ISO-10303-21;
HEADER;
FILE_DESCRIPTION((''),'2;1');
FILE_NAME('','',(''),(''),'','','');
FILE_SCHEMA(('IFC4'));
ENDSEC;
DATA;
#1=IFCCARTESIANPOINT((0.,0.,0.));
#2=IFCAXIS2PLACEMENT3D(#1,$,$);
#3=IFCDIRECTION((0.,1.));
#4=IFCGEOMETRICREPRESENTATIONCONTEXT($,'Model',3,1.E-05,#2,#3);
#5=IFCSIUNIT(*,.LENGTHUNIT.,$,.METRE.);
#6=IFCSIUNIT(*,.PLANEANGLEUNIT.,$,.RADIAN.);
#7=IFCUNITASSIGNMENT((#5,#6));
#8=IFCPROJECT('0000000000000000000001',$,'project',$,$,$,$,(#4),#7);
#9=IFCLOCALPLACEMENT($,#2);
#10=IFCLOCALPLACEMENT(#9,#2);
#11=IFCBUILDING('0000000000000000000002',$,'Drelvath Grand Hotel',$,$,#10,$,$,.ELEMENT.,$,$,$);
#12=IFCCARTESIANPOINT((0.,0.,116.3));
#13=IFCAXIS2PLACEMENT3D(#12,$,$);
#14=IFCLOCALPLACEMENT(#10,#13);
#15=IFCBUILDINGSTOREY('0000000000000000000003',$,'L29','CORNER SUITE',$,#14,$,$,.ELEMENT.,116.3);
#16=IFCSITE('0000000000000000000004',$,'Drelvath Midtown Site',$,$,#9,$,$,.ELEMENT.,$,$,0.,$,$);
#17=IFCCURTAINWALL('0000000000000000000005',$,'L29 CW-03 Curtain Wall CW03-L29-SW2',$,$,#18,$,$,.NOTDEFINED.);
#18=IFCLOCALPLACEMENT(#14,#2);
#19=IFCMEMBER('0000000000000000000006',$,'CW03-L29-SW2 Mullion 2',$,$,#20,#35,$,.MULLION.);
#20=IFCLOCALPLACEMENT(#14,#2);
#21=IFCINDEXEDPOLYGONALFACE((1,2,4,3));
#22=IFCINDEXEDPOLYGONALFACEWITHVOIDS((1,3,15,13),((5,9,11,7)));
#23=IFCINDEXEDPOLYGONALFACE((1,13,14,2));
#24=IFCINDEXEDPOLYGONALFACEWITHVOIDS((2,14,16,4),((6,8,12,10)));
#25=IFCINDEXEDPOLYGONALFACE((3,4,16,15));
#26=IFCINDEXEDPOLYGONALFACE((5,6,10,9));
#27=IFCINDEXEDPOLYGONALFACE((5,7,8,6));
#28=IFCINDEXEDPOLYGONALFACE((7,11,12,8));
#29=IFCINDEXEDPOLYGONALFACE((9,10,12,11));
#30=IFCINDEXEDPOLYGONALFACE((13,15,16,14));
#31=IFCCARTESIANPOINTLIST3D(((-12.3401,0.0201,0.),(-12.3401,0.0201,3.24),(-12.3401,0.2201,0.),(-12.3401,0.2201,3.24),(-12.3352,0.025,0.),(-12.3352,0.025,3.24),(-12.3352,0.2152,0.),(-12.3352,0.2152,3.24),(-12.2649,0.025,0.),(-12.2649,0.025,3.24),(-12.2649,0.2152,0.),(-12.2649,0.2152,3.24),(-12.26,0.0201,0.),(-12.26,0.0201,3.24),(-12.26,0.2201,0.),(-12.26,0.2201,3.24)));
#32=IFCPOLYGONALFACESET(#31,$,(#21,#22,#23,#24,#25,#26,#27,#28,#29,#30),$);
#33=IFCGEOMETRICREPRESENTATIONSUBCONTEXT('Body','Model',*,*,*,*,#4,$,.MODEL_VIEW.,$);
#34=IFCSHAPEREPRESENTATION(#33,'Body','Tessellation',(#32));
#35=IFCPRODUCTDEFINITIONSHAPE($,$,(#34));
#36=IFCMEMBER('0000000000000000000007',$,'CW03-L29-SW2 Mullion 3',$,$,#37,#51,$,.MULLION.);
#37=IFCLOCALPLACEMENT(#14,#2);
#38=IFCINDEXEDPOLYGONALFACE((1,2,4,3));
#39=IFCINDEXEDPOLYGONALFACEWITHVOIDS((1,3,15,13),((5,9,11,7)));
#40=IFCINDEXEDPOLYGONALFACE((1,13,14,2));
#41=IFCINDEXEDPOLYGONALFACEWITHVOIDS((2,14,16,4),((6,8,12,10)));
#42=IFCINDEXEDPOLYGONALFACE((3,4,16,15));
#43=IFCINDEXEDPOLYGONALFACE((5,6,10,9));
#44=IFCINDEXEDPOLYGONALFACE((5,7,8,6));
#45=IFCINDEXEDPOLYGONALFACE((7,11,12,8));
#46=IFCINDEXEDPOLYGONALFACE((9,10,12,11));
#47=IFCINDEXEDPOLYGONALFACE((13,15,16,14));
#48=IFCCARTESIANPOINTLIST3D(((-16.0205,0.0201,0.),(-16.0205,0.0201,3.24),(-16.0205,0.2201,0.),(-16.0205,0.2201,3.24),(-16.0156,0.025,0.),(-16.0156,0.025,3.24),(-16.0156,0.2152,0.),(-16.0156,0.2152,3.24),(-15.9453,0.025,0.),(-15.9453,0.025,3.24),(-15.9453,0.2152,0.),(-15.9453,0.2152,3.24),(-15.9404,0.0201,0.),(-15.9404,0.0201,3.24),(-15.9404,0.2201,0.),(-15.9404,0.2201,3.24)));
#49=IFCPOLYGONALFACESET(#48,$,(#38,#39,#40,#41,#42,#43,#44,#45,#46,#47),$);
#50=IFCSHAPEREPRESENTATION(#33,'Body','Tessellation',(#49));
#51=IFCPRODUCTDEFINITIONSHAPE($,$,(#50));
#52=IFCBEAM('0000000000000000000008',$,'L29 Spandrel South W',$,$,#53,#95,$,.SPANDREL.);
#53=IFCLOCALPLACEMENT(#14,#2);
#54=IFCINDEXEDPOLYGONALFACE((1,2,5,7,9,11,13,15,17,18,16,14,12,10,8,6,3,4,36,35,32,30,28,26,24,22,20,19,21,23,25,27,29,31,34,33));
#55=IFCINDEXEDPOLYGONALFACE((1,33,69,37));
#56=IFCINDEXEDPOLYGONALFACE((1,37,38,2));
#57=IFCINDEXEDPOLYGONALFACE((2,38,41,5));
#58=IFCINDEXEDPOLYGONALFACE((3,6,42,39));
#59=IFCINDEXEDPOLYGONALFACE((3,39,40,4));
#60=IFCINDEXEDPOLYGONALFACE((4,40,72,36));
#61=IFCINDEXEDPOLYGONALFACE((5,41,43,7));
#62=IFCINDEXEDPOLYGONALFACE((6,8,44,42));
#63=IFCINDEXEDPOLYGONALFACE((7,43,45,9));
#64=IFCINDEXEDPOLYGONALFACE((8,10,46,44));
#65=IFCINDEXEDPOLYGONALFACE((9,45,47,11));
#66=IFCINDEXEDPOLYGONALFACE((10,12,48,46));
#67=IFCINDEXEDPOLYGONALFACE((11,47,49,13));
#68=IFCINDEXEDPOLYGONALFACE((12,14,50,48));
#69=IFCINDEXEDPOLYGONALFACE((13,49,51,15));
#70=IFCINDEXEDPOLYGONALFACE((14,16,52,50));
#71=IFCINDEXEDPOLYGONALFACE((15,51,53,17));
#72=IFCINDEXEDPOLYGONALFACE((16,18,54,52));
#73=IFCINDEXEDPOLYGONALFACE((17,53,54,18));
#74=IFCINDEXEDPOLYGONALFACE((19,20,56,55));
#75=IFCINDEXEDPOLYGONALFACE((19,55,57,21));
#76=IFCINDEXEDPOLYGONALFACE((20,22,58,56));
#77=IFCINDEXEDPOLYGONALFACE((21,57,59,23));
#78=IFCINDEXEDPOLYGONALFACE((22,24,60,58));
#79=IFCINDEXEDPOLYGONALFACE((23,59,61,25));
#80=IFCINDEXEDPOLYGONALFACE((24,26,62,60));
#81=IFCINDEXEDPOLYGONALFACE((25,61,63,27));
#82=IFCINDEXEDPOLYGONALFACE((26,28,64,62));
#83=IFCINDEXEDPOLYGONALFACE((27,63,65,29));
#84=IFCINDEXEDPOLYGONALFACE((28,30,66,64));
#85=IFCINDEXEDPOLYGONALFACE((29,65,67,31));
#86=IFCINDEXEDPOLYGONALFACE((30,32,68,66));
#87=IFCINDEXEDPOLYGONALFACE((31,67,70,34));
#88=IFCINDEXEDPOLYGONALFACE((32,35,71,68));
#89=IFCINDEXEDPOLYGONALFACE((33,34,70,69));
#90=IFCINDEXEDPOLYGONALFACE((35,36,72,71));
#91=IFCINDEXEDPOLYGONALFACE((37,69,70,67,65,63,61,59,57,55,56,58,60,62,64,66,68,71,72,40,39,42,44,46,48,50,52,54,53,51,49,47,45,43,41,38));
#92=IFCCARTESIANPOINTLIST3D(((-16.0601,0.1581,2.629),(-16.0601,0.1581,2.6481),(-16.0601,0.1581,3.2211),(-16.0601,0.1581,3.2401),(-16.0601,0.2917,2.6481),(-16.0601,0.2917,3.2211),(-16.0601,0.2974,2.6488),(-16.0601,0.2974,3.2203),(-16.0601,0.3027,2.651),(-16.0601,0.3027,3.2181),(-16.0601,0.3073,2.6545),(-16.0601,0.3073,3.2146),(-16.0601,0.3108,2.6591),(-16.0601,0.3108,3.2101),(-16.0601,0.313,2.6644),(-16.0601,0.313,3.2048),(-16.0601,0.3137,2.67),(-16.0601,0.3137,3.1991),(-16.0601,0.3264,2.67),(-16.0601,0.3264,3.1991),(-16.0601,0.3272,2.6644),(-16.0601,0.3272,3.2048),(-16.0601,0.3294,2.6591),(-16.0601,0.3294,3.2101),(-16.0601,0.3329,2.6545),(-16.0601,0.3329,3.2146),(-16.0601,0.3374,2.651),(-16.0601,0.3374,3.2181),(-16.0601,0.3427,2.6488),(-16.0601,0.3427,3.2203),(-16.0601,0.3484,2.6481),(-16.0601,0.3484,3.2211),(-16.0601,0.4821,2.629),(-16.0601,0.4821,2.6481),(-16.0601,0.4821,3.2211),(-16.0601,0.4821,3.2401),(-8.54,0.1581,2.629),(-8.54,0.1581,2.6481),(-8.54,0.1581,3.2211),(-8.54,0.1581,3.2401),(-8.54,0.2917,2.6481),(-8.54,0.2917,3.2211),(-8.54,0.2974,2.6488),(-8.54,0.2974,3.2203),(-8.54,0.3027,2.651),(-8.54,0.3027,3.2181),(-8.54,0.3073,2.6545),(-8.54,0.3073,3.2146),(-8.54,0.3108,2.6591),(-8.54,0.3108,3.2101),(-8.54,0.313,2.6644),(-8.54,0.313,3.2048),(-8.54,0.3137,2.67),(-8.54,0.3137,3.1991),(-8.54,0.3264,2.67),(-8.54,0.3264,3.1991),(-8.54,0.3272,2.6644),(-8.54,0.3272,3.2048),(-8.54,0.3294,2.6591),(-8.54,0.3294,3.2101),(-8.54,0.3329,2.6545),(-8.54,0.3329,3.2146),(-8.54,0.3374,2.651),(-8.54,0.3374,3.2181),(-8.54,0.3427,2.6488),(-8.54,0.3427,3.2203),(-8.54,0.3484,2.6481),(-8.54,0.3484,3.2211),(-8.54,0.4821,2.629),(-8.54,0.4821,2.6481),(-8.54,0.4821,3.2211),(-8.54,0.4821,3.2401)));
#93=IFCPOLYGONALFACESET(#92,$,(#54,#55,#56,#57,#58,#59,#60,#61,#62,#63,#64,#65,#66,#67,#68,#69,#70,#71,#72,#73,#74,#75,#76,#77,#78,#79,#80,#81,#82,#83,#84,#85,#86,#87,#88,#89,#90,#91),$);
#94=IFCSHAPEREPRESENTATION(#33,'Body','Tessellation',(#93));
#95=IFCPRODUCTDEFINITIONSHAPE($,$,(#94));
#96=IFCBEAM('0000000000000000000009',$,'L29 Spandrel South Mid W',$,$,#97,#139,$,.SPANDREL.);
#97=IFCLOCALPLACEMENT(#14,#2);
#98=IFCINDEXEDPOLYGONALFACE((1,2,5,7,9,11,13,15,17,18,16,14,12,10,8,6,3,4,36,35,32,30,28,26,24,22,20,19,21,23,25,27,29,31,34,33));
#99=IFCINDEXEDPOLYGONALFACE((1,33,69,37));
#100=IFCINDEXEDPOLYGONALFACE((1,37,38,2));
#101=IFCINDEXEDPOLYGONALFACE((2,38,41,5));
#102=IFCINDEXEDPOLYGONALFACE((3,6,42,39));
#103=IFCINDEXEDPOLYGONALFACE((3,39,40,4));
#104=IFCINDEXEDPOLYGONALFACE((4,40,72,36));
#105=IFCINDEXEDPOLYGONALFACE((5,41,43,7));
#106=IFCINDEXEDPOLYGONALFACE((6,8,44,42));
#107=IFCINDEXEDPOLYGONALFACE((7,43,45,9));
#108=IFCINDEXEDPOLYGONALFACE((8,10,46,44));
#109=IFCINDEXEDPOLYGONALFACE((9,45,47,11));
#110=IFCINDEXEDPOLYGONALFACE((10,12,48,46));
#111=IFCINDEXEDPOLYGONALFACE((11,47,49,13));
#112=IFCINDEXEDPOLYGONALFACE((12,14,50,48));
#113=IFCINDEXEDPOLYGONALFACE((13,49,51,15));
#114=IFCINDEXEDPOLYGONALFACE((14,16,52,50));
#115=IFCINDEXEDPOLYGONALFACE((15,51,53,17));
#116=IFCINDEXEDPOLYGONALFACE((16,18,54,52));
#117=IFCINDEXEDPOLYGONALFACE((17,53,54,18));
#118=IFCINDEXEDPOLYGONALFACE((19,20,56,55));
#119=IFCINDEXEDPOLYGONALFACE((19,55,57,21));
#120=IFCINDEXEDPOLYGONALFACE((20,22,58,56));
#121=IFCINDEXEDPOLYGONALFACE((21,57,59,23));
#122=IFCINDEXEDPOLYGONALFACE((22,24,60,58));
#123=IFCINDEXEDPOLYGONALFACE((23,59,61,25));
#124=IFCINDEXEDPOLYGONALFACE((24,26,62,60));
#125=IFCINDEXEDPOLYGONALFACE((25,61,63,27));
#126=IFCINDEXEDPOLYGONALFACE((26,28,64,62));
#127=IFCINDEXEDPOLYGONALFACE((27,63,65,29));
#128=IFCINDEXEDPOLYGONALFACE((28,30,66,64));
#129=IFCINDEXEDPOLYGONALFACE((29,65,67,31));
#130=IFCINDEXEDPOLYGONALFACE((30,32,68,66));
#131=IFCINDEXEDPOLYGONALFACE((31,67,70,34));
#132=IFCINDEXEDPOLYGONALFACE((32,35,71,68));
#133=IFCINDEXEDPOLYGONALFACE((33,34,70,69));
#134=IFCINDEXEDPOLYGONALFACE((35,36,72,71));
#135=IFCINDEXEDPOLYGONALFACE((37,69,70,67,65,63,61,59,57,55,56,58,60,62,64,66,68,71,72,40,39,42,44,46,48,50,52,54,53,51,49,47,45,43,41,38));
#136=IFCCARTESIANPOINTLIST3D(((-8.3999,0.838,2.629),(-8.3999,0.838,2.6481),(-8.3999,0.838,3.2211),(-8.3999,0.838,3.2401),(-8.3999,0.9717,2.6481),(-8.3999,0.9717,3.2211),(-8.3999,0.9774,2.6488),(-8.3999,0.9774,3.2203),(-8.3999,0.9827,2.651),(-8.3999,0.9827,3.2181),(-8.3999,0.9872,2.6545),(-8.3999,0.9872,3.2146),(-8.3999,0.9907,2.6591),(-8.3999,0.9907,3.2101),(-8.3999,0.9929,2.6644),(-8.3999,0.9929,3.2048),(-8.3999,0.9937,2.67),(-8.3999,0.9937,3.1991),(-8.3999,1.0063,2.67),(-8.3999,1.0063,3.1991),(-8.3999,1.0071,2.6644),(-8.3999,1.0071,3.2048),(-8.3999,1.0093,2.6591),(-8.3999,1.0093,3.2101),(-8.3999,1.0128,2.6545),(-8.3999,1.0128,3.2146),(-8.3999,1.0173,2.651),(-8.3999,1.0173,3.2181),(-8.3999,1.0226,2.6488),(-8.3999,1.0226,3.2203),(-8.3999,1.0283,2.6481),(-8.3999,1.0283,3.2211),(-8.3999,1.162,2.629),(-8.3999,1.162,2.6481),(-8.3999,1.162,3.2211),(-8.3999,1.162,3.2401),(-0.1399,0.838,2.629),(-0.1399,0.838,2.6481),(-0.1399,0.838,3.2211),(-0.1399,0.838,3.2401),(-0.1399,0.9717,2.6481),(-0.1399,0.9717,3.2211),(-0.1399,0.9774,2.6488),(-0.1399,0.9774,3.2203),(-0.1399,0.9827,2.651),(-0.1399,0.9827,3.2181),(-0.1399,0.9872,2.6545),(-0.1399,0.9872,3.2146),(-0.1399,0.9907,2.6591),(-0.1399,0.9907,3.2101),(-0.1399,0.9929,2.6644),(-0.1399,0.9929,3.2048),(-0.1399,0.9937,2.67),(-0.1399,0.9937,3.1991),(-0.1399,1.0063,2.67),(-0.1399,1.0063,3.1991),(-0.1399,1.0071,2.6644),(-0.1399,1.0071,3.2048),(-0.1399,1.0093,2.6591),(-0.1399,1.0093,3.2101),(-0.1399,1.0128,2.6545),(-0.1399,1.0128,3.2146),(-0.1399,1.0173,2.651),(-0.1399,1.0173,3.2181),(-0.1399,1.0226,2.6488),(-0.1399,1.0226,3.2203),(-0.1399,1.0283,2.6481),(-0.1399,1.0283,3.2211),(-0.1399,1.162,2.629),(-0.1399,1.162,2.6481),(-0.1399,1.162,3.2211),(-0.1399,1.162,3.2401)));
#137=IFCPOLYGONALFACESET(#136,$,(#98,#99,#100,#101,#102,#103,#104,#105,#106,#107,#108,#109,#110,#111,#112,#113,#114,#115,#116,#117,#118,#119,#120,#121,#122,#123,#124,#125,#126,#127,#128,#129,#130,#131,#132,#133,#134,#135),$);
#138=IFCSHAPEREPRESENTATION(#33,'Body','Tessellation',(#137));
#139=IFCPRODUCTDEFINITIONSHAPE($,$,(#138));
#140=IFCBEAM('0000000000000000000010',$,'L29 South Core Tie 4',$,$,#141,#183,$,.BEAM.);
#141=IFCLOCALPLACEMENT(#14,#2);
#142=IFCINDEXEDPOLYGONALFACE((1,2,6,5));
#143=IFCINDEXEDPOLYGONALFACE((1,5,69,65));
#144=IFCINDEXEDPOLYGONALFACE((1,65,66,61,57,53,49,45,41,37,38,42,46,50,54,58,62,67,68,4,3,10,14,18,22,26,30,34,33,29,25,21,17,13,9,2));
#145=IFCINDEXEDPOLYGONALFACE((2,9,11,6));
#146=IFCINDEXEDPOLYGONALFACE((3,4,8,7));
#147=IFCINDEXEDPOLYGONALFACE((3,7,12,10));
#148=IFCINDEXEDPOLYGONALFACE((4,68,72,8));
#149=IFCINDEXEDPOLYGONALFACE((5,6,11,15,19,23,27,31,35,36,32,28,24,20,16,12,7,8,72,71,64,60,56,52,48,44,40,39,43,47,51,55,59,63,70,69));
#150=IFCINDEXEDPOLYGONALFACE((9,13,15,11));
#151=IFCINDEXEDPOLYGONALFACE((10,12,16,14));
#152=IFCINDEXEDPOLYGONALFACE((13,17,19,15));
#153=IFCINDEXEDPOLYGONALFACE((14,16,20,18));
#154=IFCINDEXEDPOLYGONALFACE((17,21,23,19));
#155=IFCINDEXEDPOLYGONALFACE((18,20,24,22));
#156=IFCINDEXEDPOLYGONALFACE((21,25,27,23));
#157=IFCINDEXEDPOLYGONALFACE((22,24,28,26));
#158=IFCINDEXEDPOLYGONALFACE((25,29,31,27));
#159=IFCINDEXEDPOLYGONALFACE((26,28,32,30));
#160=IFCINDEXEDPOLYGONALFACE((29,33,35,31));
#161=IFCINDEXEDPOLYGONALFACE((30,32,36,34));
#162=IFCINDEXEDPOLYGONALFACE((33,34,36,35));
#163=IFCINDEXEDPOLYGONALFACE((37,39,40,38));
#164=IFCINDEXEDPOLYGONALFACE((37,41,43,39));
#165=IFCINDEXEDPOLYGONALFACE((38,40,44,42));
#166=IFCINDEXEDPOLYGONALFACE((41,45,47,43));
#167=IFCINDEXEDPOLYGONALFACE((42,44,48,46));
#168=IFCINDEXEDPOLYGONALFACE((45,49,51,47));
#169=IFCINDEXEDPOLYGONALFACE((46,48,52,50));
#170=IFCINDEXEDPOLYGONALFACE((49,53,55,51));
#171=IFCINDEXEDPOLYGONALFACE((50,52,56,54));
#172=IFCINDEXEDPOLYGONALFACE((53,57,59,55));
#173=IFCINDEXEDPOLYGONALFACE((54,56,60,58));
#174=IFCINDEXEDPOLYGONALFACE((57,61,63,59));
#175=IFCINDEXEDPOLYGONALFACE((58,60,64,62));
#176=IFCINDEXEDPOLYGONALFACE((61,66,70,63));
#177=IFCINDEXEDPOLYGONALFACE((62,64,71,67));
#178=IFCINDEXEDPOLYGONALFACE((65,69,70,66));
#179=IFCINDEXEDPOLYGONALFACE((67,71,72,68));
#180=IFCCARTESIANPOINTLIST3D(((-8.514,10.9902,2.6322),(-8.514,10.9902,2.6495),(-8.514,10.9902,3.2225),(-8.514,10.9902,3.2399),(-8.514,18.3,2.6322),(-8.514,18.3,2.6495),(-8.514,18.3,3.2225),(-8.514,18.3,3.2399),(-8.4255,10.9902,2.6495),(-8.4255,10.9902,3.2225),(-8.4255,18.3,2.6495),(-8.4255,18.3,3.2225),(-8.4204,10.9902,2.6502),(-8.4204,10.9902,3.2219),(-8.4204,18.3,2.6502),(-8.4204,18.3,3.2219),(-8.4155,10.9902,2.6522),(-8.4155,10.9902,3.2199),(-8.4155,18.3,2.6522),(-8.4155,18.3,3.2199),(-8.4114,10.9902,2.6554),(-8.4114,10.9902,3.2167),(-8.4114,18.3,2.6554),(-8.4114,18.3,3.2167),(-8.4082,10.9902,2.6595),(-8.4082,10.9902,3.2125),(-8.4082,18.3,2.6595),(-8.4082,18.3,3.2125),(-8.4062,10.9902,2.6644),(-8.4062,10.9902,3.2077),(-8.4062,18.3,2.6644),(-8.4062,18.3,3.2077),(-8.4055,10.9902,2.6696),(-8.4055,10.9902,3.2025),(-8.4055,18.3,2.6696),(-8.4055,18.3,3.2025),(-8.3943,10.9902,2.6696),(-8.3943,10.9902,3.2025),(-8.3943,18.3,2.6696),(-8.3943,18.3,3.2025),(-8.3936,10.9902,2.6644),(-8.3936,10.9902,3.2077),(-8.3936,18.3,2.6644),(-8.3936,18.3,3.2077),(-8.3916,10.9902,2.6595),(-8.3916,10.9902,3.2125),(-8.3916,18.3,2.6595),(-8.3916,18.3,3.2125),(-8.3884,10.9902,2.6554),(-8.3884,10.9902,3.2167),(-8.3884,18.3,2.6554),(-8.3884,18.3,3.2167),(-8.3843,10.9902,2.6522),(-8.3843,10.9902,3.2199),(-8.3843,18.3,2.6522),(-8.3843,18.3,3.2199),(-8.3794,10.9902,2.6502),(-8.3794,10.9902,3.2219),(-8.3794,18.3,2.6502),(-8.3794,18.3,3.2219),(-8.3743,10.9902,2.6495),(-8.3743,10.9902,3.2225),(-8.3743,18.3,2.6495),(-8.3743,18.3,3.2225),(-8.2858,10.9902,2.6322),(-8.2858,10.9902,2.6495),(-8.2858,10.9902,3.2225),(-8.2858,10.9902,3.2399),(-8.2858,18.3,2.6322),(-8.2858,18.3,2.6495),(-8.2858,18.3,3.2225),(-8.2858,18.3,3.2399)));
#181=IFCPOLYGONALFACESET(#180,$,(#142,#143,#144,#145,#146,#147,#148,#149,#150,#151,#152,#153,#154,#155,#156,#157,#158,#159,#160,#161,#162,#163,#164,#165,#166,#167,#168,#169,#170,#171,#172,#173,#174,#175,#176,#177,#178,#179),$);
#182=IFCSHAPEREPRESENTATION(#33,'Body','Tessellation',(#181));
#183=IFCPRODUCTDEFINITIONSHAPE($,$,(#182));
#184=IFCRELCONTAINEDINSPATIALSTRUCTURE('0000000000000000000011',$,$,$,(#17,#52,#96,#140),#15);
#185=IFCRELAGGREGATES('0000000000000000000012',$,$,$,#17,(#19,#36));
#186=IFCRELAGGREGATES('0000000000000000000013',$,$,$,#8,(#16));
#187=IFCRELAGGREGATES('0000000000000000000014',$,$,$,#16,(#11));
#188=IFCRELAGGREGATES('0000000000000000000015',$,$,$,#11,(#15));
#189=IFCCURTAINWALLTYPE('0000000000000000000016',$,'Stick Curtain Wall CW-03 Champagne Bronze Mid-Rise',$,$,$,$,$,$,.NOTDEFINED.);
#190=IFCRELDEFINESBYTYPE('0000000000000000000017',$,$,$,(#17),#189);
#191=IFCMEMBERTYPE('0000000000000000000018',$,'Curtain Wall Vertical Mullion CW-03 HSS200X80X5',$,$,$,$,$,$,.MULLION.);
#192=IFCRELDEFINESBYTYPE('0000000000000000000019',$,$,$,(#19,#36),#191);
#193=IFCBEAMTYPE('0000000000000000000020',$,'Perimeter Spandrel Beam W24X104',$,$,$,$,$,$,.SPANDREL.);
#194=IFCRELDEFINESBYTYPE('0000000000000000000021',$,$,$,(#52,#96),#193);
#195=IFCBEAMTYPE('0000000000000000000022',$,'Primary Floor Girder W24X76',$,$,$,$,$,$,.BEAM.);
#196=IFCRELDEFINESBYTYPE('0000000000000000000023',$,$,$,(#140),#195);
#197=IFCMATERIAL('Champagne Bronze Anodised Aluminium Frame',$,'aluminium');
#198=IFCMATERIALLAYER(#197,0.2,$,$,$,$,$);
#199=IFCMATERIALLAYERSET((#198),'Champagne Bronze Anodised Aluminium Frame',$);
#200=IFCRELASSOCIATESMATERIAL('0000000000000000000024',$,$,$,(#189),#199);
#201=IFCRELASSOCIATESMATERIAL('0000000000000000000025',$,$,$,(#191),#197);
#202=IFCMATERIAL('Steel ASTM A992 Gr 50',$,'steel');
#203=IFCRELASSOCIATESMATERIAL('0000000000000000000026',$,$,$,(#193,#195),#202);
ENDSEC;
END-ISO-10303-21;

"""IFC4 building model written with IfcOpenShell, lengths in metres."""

from ifc_helpers import new_model, si_unit, direction, frame, origin, origin_2d, place, context, subcontext, project, spatial, hollow_rectangle, i_section, extrude, material, layer, layer_set, material_profile, profile_set, type_object, element, aggregate, save


model = new_model("IFC4")

# Units and contexts
model_context = context("Model", 3, precision=1e-05, world=origin(), true_north=direction((0.0, 1.0)))
body_context = subcontext(model_context, "Body", "Model", "MODEL_VIEW")
ifc_project = project(units=[si_unit("LENGTHUNIT", "METRE"), si_unit("PLANEANGLEUNIT", "RADIAN")], contexts=[model_context])

# Site, building, storey
site_placement = place(None, origin())
site = spatial("IfcSite", under=ifc_project, at=site_placement, Name="Drelvath Midtown Site", CompositionType="ELEMENT", RefElevation=0.0)
building_placement = place(site_placement, origin())
building = spatial("IfcBuilding", under=site, at=building_placement, Name="Drelvath Grand Hotel", CompositionType="ELEMENT")
storey_placement = place(building_placement, frame((0.0, 0.0, 116.3)))
storey = spatial("IfcBuildingStorey", under=building, at=storey_placement, Name="L29", Description="CORNER SUITE", CompositionType="ELEMENT", Elevation=116.3)

# Shared definitions
ifc_material_1 = material(Name="Steel ASTM A992 Gr 50", Category="steel")

# Curtain wall
ifc_material_2 = material(Name="Champagne Bronze Anodised Aluminium Frame", Category="aluminium")
ifc_layer_1 = layer(ifc_material_2, 0.2)
ifc_layer_set_1 = layer_set([ifc_layer_1], Name="Champagne Bronze Anodised Aluminium Frame")
curtain_wall_type = type_object("IfcCurtainWallType", Name="Stick Curtain Wall CW-03 Champagne Bronze Mid-Rise", PredefinedType="NOTDEFINED", material=ifc_layer_set_1)
curtain_wall_1_placement = place(storey_placement, origin())
curtain_wall_1 = element("IfcCurtainWall", 1, at=curtain_wall_1_placement, inside=storey, type_object=curtain_wall_type, Name="L29 CW-03 Curtain Wall CW03-L29-SW2", PredefinedType="NOTDEFINED")

# Shared definitions
ifc_material_profile_1 = material_profile(ifc_material_2, hollow_rectangle(XDim=0.0801, YDim=0.2, WallThickness=0.0049, at=origin_2d()), Name="HSS200X80X5")
ifc_profile_set_1 = profile_set([ifc_material_profile_1], Name="Champagne Bronze Anodised Aluminium Frame")
member_type_1 = type_object("IfcMemberType", Name="Curtain Wall Vertical Mullion CW-03 HSS200X80X5", PredefinedType="MULLION", material=ifc_profile_set_1)

# Members
member_1_placement = place(storey_placement, frame((-12.3, 0.1201, 0.0), z_axis=(0.0, 0.0, 1.0), x_axis=(1.0, 0.0, 0.0)))
member_1 = element("IfcMember", 2, at=member_1_placement, type_object=member_type_1, Name="CW03-L29-SW2 Mullion 2", PredefinedType="MULLION", context=body_context, shape_type="SweptSolid", body=[
    extrude(hollow_rectangle(XDim=0.0801, YDim=0.2, WallThickness=0.0049, at=origin_2d()), origin(), (0.0, 0.0, 1.0), 3.24),
])
member_2_placement = place(storey_placement, frame((-15.9805, 0.1201, 0.0), z_axis=(0.0, 0.0, 1.0), x_axis=(1.0, 0.0, 0.0)))
member_2 = element("IfcMember", 3, at=member_2_placement, type_object=member_type_1, Name="CW03-L29-SW2 Mullion 3", PredefinedType="MULLION", context=body_context, shape_type="SweptSolid", body=[
    extrude(hollow_rectangle(XDim=0.0801, YDim=0.2, WallThickness=0.0049, at=origin_2d()), origin(), (0.0, 0.0, 1.0), 3.24),
])

# Beams
ifc_material_profile_2 = material_profile(ifc_material_1, i_section(OverallWidth=0.324, OverallDepth=0.6111, WebThickness=0.0127, FlangeThickness=0.019, FilletRadius=0.022, at=origin_2d()), Name="W24X104")
ifc_profile_set_2 = profile_set([ifc_material_profile_2], Name="Steel ASTM A992 Gr 50")
beam_type_1 = type_object("IfcBeamType", Name="Perimeter Spandrel Beam W24X104", PredefinedType="SPANDREL", material=ifc_profile_set_2)
beam_1_placement = place(storey_placement, frame((-16.0601, 0.3201, 2.9346), z_axis=(1.0, 0.0, 0.0), x_axis=(0.0, 1.0, 0.0)))
element("IfcBeam", 4, at=beam_1_placement, inside=storey, type_object=beam_type_1, Name="L29 Spandrel South W", PredefinedType="SPANDREL", context=body_context, shape_type="SweptSolid", body=[
    extrude(i_section(OverallWidth=0.324, OverallDepth=0.6111, WebThickness=0.0127, FlangeThickness=0.019, FilletRadius=0.022, at=origin_2d()), origin(), (0.0, 0.0, 1.0), 7.52),
])
beam_2_placement = place(storey_placement, frame((-8.3999, 1.0, 2.9346), z_axis=(1.0, 0.0, 0.0), x_axis=(0.0, 1.0, 0.0)))
element("IfcBeam", 5, at=beam_2_placement, inside=storey, type_object=beam_type_1, Name="L29 Spandrel South Mid W", PredefinedType="SPANDREL", context=body_context, shape_type="SweptSolid", body=[
    extrude(i_section(OverallWidth=0.324, OverallDepth=0.6111, WebThickness=0.0127, FlangeThickness=0.019, FilletRadius=0.022, at=origin_2d()), origin(), (0.0, 0.0, 1.0), 8.26),
])
ifc_material_profile_3 = material_profile(ifc_material_1, i_section(OverallWidth=0.2283, OverallDepth=0.6077, WebThickness=0.0112, FlangeThickness=0.0173, FilletRadius=0.02, at=origin_2d()), Name="W24X76")
ifc_profile_set_3 = profile_set([ifc_material_profile_3], Name="Steel ASTM A992 Gr 50")
beam_type_2 = type_object("IfcBeamType", Name="Primary Floor Girder W24X76", PredefinedType="BEAM", material=ifc_profile_set_3)
beam_3_placement = place(storey_placement, frame((-8.3999, 10.9902, 2.936), z_axis=(0.0, 1.0, 0.0), x_axis=(-1.0, 0.0, 0.0)))
element("IfcBeam", 6, at=beam_3_placement, inside=storey, type_object=beam_type_2, Name="L29 South Core Tie 4", PredefinedType="BEAM", context=body_context, shape_type="SweptSolid", body=[
    extrude(i_section(OverallWidth=0.2283, OverallDepth=0.6077, WebThickness=0.0112, FlangeThickness=0.0173, FilletRadius=0.02, at=origin_2d()), origin(), (0.0, 0.0, 1.0), 7.3098),
])

aggregate(curtain_wall_1, [member_1, member_2])

save(model, "model.ifc")
